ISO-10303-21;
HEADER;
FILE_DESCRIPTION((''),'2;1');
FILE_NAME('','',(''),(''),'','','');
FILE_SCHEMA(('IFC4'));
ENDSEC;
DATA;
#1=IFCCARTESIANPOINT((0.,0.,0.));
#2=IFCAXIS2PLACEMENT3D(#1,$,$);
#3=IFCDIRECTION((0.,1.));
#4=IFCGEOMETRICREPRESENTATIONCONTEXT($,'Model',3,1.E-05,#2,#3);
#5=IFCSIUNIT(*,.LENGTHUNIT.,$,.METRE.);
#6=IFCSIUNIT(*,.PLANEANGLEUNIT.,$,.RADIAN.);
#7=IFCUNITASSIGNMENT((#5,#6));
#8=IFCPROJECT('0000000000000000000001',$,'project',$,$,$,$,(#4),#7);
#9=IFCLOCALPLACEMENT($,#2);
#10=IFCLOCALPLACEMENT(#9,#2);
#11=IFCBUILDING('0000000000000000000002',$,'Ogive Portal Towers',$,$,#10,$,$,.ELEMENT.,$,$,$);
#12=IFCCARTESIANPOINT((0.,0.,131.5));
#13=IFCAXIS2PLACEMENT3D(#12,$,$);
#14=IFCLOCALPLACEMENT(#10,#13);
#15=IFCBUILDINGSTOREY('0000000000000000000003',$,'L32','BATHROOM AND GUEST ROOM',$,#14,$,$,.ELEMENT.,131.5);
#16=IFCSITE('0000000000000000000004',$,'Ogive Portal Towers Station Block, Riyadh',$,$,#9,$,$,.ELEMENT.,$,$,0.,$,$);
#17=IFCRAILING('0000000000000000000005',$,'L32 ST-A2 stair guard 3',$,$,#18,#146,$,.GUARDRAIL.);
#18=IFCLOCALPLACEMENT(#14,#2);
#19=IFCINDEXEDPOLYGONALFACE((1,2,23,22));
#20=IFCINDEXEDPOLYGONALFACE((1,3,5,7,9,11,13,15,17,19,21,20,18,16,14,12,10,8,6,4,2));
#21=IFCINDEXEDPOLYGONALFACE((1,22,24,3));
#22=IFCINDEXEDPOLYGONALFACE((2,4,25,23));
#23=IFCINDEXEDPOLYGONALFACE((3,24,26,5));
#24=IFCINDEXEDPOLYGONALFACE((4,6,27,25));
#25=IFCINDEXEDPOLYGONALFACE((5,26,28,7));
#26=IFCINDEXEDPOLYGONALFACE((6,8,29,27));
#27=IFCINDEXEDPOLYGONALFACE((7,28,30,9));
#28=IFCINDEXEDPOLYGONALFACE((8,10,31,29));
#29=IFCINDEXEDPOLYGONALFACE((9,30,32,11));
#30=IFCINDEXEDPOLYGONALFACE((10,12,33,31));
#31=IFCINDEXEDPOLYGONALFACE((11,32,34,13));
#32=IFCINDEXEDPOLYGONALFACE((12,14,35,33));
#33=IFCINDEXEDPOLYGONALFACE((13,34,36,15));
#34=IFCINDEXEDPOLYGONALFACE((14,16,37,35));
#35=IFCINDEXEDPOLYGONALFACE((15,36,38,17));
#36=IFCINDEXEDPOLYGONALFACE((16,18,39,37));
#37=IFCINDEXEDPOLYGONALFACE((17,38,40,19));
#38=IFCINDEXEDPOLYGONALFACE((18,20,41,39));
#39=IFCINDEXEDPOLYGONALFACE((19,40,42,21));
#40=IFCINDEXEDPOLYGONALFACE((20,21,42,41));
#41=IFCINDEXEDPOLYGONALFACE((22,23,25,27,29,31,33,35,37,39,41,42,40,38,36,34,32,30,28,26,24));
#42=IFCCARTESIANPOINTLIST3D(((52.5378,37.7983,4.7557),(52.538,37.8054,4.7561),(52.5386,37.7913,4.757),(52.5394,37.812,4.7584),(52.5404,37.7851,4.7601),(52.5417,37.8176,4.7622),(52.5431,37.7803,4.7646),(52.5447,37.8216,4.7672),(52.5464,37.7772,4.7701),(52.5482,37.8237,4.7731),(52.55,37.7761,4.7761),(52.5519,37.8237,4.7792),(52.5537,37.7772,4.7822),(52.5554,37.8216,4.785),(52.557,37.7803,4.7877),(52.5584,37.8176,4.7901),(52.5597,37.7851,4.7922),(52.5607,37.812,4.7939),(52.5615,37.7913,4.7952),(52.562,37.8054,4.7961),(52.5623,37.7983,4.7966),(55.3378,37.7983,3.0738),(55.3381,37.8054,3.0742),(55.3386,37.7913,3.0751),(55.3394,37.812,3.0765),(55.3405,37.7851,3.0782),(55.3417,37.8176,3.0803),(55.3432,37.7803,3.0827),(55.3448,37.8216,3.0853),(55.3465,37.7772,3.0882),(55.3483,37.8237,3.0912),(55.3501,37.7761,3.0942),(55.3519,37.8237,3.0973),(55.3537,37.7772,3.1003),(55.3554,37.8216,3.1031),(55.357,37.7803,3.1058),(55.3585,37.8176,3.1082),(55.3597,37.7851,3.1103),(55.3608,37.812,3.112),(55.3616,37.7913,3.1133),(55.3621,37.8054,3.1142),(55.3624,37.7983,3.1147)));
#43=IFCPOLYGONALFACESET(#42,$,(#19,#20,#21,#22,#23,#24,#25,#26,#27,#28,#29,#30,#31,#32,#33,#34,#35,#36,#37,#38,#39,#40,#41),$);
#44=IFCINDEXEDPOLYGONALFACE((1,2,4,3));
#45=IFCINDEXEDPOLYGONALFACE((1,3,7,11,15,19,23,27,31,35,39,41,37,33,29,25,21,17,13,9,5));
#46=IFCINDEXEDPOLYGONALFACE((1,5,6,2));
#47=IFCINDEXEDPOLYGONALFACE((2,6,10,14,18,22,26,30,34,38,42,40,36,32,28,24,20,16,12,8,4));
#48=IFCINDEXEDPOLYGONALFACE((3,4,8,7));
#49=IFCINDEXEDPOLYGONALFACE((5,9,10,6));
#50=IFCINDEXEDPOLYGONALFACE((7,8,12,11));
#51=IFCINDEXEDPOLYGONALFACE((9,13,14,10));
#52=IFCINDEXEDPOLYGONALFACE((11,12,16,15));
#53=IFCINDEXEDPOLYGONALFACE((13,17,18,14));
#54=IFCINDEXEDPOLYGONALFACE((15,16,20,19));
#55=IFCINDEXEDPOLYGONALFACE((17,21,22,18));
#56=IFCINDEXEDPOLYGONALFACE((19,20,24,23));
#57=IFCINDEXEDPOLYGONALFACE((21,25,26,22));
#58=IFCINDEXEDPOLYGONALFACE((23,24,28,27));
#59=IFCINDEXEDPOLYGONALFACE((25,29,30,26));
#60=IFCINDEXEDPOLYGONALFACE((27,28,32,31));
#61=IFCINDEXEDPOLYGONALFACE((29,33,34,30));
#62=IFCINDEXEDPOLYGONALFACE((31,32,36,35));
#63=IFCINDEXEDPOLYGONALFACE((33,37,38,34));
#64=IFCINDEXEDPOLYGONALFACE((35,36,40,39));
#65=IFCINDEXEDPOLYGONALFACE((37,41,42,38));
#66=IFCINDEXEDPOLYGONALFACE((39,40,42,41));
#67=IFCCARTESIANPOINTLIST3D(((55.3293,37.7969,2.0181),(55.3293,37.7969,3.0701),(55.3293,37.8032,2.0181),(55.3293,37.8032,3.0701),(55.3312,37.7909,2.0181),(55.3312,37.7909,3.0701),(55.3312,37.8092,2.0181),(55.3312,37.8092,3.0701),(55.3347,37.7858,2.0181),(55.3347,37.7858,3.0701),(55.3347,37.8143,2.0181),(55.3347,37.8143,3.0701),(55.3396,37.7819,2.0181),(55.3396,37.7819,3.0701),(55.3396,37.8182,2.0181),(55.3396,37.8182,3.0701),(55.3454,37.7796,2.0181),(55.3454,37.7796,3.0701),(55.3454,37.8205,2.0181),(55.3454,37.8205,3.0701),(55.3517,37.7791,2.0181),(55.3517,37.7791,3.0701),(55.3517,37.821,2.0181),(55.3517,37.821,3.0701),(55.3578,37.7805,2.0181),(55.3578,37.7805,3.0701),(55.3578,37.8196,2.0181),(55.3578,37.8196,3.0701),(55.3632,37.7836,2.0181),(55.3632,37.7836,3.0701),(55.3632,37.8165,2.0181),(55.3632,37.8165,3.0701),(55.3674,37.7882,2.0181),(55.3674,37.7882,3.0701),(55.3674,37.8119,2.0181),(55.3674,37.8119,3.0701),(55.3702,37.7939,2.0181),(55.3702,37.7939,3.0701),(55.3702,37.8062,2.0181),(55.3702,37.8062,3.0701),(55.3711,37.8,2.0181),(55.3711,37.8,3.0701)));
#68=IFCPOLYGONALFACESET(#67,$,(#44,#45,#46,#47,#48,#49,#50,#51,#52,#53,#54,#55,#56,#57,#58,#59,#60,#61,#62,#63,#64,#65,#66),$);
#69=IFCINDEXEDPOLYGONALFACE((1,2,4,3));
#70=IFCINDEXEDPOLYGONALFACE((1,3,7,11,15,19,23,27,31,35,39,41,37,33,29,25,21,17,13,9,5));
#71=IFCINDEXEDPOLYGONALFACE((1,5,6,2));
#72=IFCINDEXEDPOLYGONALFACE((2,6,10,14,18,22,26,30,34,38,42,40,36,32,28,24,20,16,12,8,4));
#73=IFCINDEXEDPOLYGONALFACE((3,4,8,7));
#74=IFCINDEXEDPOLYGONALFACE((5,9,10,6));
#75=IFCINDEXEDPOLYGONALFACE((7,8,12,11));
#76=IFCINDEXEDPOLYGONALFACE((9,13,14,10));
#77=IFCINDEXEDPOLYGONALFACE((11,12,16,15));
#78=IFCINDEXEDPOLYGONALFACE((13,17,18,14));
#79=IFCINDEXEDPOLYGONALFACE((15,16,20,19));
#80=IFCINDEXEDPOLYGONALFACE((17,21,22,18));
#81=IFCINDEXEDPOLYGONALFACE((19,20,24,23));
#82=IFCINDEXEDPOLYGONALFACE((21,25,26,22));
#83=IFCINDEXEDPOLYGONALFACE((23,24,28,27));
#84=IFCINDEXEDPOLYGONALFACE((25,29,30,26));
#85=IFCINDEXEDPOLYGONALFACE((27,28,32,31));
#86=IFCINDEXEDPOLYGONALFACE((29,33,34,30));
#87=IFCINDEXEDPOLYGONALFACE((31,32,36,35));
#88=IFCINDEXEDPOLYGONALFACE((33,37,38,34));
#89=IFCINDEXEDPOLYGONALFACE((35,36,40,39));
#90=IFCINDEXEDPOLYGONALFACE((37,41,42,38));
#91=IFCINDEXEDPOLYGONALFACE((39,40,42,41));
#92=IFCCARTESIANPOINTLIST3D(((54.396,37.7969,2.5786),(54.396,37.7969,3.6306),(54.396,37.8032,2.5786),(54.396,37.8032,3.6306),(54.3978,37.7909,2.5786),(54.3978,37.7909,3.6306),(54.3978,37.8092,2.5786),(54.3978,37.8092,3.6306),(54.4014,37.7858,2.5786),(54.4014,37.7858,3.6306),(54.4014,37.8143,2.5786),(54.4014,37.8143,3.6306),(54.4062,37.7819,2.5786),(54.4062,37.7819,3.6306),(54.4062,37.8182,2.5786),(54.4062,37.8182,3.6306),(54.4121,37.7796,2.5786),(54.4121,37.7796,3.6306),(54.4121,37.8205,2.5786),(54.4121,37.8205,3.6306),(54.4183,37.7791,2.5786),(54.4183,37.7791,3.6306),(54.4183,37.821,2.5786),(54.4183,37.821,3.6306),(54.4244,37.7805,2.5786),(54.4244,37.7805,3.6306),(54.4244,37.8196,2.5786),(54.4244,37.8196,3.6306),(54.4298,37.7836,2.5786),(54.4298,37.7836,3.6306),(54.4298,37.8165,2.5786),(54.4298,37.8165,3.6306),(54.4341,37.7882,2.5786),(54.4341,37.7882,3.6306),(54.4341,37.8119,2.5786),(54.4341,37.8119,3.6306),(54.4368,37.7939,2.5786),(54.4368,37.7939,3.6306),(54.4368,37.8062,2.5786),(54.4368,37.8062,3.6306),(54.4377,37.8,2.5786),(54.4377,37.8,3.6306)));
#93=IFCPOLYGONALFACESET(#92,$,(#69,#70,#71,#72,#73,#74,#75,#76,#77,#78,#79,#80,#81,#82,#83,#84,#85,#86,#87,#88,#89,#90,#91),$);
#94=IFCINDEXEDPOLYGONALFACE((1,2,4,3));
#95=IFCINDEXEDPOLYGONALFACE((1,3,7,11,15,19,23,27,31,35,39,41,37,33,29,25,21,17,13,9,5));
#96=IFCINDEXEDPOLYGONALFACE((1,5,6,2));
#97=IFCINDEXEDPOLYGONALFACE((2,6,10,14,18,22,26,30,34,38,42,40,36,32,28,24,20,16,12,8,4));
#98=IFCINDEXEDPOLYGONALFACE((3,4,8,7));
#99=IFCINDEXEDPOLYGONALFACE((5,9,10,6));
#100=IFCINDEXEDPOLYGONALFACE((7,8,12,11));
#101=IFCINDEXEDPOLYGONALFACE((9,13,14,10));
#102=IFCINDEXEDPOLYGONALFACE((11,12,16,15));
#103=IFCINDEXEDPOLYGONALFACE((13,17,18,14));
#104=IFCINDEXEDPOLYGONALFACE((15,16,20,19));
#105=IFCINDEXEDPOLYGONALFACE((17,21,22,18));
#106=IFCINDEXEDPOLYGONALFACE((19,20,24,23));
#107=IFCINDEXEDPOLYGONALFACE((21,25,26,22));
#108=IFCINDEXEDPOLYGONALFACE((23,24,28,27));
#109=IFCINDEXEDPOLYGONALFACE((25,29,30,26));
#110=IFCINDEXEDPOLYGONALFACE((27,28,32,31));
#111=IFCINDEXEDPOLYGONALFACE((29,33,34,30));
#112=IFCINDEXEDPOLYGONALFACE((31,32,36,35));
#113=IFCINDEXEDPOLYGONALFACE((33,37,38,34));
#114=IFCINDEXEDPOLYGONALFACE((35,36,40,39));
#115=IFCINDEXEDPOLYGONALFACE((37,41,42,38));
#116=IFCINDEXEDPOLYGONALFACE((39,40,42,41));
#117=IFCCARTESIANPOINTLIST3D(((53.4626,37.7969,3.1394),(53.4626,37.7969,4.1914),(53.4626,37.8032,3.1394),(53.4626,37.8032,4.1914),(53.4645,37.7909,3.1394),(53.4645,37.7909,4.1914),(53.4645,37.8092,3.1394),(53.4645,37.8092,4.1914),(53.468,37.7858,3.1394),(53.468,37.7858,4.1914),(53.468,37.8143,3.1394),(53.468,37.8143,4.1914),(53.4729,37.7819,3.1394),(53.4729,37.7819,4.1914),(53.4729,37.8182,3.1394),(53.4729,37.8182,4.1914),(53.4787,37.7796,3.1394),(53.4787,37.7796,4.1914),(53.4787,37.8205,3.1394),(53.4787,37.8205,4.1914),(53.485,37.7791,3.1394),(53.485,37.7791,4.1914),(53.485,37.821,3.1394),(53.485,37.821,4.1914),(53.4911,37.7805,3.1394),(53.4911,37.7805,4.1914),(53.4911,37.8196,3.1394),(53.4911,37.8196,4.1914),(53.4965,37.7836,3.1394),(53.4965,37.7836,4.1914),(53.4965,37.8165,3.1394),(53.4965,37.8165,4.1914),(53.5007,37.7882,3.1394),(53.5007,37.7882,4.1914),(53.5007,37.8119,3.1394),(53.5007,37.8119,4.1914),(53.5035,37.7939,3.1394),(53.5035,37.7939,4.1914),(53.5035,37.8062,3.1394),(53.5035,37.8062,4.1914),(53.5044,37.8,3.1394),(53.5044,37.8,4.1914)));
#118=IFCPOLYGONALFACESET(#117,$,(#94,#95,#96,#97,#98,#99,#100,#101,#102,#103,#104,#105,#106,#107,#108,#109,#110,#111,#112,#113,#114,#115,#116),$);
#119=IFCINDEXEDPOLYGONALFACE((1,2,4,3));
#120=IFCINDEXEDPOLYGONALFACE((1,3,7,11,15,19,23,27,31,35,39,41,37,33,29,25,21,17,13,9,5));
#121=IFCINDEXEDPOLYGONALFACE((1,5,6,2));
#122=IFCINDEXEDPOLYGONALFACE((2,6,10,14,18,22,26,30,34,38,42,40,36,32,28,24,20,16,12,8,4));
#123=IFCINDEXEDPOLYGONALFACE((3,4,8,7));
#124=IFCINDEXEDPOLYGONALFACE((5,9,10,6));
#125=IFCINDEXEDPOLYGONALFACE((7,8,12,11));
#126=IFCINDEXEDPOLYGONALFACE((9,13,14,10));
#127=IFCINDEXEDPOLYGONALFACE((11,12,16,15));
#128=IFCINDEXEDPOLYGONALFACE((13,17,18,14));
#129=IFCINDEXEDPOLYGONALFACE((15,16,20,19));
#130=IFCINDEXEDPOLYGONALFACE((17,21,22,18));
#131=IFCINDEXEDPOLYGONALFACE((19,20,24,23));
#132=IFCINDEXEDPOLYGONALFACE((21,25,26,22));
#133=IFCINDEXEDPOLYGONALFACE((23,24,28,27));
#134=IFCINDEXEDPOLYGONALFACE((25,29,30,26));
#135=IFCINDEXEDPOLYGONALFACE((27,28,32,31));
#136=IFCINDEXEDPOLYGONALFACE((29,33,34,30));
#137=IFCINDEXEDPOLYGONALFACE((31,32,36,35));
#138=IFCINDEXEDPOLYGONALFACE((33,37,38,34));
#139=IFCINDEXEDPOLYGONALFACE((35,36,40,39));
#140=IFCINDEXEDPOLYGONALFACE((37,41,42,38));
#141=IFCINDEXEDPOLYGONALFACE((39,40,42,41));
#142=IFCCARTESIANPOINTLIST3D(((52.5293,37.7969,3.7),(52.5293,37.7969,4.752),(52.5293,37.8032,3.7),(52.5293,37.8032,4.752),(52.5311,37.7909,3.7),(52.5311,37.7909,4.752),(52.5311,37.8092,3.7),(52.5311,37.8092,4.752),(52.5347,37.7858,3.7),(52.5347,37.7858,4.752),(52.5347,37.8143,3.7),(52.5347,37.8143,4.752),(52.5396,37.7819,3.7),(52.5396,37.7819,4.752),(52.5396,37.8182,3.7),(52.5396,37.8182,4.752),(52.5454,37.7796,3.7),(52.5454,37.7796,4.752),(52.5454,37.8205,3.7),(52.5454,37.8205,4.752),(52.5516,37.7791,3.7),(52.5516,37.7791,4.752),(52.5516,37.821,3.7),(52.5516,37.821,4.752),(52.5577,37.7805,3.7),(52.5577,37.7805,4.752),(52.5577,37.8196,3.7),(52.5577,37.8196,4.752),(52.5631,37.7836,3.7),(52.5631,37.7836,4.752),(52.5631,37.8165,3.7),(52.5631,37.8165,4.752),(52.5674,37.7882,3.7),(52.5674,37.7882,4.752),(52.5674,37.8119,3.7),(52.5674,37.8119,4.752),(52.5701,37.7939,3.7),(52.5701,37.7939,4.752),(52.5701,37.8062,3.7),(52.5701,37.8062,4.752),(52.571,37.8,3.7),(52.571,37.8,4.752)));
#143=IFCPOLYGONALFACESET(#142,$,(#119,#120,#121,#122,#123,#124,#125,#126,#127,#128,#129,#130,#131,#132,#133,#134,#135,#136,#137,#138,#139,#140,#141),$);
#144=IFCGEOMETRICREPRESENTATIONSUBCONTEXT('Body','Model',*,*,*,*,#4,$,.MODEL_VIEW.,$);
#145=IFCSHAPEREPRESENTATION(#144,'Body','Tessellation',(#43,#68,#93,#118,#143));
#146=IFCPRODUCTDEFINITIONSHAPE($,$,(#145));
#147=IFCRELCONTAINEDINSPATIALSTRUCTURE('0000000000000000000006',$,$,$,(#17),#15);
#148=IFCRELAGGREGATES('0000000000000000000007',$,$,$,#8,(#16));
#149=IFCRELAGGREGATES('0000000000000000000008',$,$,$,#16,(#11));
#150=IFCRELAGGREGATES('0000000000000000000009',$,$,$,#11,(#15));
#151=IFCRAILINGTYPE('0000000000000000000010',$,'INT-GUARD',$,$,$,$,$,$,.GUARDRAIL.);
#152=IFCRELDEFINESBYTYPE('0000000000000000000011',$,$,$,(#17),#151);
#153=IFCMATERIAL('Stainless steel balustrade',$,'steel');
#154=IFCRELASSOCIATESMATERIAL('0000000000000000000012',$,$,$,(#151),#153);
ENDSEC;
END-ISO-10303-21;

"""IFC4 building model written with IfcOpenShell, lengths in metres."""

from ifc_helpers import new_model, si_unit, direction, frame, origin, origin_2d, place, context, subcontext, project, spatial, circle, extrude, material, type_object, element, save


model = new_model("IFC4")

# Units and contexts
model_context = context("Model", 3, precision=1e-05, world=origin(), true_north=direction((0.0, 1.0)))
body_context = subcontext(model_context, "Body", "Model", "MODEL_VIEW")
ifc_project = project(units=[si_unit("LENGTHUNIT", "METRE"), si_unit("PLANEANGLEUNIT", "RADIAN")], contexts=[model_context])

# Site, building, storey
site_placement = place(None, origin())
site = spatial("IfcSite", under=ifc_project, at=site_placement, Name="Ogive Portal Towers Station Block, Riyadh", CompositionType="ELEMENT", RefElevation=0.0)
building_placement = place(site_placement, origin())
building = spatial("IfcBuilding", under=site, at=building_placement, Name="Ogive Portal Towers", CompositionType="ELEMENT")
storey_placement = place(building_placement, frame((0.0, 0.0, 131.5)))
storey = spatial("IfcBuildingStorey", under=building, at=storey_placement, Name="L32", Description="BATHROOM AND GUEST ROOM", CompositionType="ELEMENT", Elevation=131.5)

# Railing
ifc_material_1 = material(Name="Stainless steel balustrade", Category="steel")
railing_type_1 = type_object("IfcRailingType", Name="INT-GUARD", PredefinedType="GUARDRAIL", material=ifc_material_1)
railing_1_placement = place(storey_placement, frame((55.3501, 37.8, 2.0181)))
element("IfcRailing", 1, at=railing_1_placement, inside=storey, type_object=railing_type_1, Name="L32 ST-A2 stair guard 3", PredefinedType="GUARDRAIL", context=body_context, shape_type="SweptSolid", body=[
    extrude(circle(Radius=0.0239, at=origin_2d()), frame((0.0, 0.0, 1.0762), z_axis=(-0.857242, 0.0, 0.514913), x_axis=(0.0, -1.0, 0.0)), (0.0, 0.0, 1.0), 3.2664),
    extrude(circle(Radius=0.021, at=origin_2d()), origin(), (0.0, 0.0, 1.0), 1.052),
    extrude(circle(Radius=0.021, at=origin_2d()), frame((-0.9333, 0.0, 0.5605)), (0.0, 0.0, 1.0), 1.052),
    extrude(circle(Radius=0.021, at=origin_2d()), frame((-1.8667, 0.0, 1.1213)), (0.0, 0.0, 1.0), 1.052),
    extrude(circle(Radius=0.021, at=origin_2d()), frame((-2.8, 0.0, 1.6819)), (0.0, 0.0, 1.0), 1.052),
])

save(model, "model.ifc")
